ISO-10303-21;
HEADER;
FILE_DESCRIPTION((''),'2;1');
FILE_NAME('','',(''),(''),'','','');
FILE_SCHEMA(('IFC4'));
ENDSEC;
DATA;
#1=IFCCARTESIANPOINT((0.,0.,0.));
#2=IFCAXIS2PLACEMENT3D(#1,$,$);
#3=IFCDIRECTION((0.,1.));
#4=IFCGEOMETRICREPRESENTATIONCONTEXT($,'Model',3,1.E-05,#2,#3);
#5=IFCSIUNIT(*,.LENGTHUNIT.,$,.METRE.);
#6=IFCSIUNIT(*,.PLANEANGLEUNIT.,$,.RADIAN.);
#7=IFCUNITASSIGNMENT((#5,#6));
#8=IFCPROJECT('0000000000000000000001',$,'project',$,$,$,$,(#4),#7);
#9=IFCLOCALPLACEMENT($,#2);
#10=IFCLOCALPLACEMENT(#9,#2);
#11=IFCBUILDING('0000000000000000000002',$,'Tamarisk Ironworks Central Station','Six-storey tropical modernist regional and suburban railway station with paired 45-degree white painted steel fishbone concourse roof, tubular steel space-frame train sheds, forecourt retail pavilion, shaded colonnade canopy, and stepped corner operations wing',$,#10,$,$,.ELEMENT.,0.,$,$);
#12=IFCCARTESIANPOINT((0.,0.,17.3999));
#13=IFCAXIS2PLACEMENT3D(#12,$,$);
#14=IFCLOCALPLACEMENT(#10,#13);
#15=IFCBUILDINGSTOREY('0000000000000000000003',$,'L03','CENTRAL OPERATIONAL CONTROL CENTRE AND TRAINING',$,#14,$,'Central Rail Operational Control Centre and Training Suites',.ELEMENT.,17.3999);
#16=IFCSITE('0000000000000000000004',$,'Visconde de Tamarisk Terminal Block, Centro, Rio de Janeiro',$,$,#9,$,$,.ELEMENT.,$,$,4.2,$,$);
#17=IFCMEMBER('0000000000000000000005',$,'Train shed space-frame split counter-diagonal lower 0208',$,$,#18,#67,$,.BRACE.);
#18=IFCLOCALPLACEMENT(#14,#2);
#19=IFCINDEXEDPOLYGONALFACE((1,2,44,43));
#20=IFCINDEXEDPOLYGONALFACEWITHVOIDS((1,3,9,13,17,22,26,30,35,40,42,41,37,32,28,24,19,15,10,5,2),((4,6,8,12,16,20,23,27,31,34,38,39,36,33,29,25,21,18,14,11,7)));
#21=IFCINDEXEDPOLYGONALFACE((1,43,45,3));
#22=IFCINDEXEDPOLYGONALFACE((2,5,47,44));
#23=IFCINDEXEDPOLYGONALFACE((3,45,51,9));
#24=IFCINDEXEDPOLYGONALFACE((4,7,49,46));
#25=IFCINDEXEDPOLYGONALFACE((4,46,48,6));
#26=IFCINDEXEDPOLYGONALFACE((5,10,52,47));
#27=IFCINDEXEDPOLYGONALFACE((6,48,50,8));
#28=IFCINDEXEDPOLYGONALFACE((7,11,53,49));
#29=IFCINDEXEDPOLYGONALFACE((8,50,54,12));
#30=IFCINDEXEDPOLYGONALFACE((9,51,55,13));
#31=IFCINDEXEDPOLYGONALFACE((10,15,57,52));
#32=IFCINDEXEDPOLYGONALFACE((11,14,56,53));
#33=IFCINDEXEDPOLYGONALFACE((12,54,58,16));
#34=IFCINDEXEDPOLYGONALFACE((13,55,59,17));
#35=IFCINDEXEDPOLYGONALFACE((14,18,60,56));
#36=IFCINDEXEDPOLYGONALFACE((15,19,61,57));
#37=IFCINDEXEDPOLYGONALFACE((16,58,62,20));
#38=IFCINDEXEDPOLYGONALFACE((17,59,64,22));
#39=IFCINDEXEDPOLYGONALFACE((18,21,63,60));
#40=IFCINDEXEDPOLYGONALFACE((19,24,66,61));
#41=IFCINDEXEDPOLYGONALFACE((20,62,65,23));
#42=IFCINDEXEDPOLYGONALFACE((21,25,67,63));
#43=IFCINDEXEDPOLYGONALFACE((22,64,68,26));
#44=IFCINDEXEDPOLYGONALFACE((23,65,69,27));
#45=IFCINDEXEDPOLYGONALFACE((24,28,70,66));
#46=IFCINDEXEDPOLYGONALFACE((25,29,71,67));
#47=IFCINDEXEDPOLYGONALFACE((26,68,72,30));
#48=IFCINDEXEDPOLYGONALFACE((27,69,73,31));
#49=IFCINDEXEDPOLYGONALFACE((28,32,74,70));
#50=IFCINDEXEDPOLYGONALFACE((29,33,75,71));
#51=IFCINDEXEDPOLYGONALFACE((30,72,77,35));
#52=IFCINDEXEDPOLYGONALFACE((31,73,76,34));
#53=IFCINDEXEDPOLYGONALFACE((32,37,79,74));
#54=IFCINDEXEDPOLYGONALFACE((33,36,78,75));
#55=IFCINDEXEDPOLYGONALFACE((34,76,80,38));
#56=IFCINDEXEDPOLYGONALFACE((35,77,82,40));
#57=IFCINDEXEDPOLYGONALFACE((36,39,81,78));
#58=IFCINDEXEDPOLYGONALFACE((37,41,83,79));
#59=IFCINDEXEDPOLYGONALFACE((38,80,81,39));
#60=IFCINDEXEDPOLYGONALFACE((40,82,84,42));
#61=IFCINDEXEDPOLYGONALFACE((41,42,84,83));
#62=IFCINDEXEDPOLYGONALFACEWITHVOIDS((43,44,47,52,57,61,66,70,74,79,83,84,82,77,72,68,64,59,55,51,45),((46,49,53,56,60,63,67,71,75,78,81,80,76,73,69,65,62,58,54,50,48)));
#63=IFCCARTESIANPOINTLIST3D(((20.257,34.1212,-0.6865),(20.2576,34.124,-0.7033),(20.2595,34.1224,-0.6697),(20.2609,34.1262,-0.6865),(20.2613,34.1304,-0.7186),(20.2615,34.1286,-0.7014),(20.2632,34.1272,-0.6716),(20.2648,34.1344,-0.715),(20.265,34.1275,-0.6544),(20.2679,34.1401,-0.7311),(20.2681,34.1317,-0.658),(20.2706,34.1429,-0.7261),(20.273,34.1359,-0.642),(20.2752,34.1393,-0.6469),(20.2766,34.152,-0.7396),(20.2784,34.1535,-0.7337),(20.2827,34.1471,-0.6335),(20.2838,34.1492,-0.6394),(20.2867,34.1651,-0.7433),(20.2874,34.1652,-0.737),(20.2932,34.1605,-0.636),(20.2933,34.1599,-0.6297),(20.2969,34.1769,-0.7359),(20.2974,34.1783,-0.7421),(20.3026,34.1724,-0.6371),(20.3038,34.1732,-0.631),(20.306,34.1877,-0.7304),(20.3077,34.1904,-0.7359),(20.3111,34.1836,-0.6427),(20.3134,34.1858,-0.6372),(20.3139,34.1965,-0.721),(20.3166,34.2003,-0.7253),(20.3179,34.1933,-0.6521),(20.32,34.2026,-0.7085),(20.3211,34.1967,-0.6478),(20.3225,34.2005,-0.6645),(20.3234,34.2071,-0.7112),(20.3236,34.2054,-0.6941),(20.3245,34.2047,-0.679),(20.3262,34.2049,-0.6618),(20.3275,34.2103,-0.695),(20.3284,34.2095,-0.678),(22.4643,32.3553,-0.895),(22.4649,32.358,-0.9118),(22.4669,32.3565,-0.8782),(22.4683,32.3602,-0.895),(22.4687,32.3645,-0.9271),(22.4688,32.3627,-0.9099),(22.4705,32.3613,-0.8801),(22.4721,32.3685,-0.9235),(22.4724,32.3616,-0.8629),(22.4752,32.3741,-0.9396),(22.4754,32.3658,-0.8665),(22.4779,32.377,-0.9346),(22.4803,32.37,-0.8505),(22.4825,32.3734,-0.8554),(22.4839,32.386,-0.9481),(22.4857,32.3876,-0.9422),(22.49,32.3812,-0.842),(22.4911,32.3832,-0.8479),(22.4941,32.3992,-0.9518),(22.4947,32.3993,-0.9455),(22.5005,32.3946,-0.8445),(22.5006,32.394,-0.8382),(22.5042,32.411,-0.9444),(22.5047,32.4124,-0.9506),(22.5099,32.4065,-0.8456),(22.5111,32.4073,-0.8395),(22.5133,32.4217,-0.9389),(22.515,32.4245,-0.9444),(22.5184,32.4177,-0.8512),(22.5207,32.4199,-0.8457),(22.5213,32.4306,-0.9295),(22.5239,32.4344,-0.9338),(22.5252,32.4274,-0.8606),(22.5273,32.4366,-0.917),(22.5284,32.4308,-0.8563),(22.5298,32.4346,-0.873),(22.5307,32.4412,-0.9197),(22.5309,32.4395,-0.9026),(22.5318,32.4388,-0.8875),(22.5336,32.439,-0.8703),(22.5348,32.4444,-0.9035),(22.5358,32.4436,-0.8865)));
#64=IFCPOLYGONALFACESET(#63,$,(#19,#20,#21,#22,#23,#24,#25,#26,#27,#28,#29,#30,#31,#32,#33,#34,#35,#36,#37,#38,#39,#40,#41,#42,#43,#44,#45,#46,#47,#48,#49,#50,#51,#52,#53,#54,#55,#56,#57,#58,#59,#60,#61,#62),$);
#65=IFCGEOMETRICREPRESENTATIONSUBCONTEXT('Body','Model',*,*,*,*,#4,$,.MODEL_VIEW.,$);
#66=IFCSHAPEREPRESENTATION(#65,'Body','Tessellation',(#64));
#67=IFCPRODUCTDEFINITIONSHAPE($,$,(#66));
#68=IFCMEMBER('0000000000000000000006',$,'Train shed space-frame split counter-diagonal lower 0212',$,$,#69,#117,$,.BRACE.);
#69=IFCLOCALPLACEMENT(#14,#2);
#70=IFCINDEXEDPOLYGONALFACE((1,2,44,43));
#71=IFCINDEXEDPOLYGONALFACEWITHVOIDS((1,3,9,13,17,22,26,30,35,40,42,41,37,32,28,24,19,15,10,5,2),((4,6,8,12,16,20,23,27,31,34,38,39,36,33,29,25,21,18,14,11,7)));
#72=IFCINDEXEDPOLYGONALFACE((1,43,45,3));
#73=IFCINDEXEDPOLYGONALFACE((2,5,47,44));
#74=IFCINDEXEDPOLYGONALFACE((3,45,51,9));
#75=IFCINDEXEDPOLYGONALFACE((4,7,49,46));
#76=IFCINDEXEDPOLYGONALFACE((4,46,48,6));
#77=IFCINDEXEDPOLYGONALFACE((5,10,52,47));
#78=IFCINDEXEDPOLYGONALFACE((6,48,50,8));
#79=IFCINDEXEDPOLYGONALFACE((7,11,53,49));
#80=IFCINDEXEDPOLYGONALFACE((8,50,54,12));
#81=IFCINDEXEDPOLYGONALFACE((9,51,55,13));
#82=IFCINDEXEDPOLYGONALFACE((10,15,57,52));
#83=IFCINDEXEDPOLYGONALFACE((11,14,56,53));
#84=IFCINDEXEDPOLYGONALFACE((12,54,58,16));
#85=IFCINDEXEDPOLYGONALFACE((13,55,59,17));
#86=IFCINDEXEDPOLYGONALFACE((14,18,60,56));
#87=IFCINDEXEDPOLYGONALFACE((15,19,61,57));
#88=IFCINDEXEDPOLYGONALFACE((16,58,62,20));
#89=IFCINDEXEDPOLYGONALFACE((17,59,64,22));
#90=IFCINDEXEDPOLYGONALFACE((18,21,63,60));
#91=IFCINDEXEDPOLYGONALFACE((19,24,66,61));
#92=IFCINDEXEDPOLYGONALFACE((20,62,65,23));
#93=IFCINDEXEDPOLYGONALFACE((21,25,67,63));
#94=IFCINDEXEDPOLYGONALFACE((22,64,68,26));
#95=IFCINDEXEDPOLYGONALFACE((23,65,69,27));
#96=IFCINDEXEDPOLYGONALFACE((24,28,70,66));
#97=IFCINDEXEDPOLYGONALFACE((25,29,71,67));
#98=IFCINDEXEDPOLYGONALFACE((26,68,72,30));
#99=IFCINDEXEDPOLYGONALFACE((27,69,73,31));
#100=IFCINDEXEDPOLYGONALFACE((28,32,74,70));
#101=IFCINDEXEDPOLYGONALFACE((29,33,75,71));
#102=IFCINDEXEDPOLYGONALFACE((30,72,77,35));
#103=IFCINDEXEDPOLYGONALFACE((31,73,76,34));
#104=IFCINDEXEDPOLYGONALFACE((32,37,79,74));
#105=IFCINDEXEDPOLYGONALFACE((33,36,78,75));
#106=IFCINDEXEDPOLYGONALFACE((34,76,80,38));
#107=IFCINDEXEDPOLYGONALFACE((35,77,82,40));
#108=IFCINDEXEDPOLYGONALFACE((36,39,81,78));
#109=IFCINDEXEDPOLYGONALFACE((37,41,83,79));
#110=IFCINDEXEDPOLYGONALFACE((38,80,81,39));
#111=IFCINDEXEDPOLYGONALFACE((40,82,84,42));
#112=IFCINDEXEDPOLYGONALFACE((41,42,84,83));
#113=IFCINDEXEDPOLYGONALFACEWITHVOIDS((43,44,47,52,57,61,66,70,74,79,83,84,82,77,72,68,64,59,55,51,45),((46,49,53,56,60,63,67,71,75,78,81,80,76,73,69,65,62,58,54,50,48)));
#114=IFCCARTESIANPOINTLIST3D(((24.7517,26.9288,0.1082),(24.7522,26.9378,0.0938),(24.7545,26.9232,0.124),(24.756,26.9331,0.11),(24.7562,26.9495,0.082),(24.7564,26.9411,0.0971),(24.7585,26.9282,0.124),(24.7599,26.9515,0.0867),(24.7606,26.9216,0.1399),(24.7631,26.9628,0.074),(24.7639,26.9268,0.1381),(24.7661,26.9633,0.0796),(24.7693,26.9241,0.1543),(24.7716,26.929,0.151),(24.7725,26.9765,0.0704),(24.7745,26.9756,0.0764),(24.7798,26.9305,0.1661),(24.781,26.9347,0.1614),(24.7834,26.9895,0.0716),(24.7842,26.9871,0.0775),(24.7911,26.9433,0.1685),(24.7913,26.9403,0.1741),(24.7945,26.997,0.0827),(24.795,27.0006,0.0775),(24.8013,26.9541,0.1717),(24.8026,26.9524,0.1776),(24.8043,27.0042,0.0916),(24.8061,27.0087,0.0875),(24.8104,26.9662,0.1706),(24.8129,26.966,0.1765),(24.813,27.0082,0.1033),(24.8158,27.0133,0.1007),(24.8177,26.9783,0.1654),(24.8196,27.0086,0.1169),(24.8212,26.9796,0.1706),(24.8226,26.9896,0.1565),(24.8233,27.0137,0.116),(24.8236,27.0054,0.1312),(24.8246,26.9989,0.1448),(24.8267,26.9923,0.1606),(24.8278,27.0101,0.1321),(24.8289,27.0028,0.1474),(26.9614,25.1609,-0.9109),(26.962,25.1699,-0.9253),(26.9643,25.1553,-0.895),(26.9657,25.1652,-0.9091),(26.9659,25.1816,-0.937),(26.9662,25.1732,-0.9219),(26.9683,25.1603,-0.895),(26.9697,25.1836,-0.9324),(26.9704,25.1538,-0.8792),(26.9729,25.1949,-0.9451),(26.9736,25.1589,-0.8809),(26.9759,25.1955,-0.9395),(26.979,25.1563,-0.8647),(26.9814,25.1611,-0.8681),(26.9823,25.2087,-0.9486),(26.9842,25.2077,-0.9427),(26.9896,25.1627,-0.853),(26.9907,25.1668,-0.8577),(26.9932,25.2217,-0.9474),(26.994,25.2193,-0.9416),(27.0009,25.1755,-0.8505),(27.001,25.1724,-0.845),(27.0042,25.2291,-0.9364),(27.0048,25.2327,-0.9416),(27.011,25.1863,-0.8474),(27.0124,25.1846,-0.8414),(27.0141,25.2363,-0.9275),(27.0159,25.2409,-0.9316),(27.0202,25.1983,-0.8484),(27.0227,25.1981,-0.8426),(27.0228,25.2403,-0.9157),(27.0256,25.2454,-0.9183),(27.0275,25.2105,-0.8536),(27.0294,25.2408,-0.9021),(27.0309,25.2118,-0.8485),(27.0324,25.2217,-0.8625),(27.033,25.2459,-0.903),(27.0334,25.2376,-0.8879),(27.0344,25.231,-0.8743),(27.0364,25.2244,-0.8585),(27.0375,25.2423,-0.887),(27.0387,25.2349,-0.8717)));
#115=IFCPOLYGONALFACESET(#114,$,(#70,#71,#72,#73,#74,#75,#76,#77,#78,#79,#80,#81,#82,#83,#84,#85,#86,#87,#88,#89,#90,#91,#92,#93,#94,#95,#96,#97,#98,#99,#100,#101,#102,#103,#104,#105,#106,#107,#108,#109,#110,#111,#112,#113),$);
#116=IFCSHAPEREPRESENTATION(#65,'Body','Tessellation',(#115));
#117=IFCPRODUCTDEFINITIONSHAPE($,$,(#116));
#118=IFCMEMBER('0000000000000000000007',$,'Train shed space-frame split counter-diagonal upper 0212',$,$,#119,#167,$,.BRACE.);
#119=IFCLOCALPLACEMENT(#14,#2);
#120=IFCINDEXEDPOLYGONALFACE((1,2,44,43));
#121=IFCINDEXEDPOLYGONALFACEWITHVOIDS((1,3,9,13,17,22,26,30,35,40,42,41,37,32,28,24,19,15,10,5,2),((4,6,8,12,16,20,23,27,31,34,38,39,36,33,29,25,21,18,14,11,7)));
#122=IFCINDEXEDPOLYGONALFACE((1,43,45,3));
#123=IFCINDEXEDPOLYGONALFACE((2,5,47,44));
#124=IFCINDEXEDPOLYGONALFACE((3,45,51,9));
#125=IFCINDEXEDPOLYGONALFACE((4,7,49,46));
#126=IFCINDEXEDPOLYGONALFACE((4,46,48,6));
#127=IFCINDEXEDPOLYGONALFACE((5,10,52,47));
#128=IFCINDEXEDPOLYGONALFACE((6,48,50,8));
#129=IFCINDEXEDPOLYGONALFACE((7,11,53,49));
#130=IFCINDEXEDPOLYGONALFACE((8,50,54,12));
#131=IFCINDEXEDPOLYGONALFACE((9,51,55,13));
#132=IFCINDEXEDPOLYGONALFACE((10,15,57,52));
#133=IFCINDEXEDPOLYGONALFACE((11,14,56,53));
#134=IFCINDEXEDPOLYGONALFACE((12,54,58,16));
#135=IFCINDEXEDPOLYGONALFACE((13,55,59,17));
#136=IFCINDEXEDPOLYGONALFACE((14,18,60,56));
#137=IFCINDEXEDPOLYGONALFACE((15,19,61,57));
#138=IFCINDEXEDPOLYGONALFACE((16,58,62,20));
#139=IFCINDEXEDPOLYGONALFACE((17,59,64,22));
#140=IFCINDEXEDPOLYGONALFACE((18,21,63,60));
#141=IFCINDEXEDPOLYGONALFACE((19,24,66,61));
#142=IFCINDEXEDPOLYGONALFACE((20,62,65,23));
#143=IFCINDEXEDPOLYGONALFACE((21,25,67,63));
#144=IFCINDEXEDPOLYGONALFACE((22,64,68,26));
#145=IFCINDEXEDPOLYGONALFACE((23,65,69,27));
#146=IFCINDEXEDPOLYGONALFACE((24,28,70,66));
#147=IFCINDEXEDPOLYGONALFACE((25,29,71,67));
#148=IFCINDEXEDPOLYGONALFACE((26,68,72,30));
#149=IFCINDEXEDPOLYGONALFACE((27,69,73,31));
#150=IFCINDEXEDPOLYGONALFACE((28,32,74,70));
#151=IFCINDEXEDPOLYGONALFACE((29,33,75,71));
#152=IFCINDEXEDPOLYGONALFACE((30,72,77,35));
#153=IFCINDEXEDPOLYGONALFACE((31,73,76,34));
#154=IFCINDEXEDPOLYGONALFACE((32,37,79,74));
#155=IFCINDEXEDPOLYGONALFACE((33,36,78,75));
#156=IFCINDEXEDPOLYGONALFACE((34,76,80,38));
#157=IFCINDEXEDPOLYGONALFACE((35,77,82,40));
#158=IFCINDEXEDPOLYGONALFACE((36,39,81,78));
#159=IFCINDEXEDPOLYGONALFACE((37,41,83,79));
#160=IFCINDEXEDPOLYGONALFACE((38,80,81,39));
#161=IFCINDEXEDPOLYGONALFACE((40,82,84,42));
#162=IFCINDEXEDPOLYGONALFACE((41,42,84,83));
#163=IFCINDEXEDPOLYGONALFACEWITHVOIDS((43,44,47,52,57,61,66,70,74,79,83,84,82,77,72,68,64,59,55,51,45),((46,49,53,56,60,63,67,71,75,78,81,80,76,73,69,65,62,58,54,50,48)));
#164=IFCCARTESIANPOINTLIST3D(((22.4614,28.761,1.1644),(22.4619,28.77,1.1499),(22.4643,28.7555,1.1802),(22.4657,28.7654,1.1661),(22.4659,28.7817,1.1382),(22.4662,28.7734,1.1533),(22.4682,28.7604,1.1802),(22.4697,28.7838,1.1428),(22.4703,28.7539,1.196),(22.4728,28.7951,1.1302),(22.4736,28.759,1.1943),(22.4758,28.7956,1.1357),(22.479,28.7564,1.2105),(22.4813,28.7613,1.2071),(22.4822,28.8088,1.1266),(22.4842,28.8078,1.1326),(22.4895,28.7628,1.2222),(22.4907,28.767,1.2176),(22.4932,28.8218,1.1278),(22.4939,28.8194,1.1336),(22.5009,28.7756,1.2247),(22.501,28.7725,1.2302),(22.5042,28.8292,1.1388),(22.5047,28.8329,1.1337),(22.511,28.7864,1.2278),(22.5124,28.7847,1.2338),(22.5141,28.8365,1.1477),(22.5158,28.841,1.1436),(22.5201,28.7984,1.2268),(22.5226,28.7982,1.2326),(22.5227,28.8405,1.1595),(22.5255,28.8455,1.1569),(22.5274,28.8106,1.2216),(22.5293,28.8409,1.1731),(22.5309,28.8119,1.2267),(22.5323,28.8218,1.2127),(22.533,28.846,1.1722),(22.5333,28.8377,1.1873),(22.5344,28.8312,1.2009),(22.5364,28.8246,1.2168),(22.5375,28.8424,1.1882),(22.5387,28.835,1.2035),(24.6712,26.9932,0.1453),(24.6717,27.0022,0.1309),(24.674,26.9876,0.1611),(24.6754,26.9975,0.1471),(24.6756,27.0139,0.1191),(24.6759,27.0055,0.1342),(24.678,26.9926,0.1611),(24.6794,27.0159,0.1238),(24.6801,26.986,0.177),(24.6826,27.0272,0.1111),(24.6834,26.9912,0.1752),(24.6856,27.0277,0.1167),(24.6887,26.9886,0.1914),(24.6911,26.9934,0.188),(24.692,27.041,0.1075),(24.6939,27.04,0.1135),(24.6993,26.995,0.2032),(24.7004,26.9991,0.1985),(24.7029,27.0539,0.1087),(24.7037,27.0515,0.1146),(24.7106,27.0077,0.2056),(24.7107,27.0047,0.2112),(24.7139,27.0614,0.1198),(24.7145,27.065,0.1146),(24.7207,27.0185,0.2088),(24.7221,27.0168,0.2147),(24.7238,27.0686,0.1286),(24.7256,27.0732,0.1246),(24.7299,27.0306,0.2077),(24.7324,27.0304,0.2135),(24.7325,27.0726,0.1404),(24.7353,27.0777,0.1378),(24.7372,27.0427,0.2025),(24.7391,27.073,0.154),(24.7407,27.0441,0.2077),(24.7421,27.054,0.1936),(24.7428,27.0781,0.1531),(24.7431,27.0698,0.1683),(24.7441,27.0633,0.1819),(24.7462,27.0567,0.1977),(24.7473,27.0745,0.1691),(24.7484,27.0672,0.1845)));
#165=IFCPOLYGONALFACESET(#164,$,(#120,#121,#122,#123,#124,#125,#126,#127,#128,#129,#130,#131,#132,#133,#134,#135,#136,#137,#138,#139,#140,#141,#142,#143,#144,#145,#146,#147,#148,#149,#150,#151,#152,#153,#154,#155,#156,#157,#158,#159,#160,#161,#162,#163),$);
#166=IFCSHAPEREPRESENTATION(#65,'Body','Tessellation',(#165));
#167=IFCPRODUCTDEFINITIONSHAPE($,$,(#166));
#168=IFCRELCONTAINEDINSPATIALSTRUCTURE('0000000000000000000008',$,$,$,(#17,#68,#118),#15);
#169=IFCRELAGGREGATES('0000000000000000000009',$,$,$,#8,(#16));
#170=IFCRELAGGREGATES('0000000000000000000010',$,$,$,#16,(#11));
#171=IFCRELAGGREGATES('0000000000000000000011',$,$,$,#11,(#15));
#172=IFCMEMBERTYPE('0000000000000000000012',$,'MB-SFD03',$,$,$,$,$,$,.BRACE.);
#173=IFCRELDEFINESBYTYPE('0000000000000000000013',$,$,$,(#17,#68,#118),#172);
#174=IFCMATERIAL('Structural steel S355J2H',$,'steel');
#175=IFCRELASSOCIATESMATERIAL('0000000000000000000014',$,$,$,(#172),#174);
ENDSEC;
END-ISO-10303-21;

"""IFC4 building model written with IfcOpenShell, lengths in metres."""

from ifc_helpers import new_model, si_unit, direction, frame, origin, origin_2d, place, context, subcontext, project, spatial, hollow_circle, extrude, material, material_profile, profile_set, type_object, element, save


model = new_model("IFC4")

# Units and contexts
model_context = context("Model", 3, precision=1e-05, world=origin(), true_north=direction((0.0, 1.0)))
body_context = subcontext(model_context, "Body", "Model", "MODEL_VIEW")
ifc_project = project(units=[si_unit("LENGTHUNIT", "METRE"), si_unit("PLANEANGLEUNIT", "RADIAN")], contexts=[model_context])

# Site, building, storey
site_placement = place(None, origin())
site = spatial("IfcSite", under=ifc_project, at=site_placement, Name="Visconde de Tamarisk Terminal Block, Centro, Rio de Janeiro", CompositionType="ELEMENT", RefElevation=4.2)
building_placement = place(site_placement, origin())
building = spatial("IfcBuilding", under=site, at=building_placement, Name="Tamarisk Ironworks Central Station", Description="Six-storey tropical modernist regional and suburban railway station with paired 45-degree white painted steel fishbone concourse roof, tubular steel space-frame train sheds, forecourt retail pavilion, shaded colonnade canopy, and stepped corner operations wing", CompositionType="ELEMENT", ElevationOfRefHeight=0.0)
storey_placement = place(building_placement, frame((0.0, 0.0, 17.3999)))
storey = spatial("IfcBuildingStorey", under=building, at=storey_placement, Name="L03", Description="CENTRAL OPERATIONAL CONTROL CENTRE AND TRAINING", LongName="Central Rail Operational Control Centre and Training Suites", CompositionType="ELEMENT", Elevation=17.3999)

# Members
ifc_material = material(Name="Structural steel S355J2H", Category="steel")
ifc_material_profile_1 = material_profile(ifc_material, hollow_circle(Radius=0.0571, WallThickness=0.0063, at=origin_2d()), Name="CHS 114.3x6.3")
ifc_profile_set_1 = profile_set([ifc_material_profile_1], Name="Structural steel S355J2H")
member_type_1 = type_object("IfcMemberType", Name="MB-SFD03", PredefinedType="BRACE", material=ifc_profile_set_1)
member_1_placement = place(storey_placement, frame((22.5, 32.3999, -0.895), z_axis=(-0.778745, 0.623013, 0.073559), x_axis=(-0.624706, -0.78086, 0.0)))
element("IfcMember", 1, at=member_1_placement, inside=storey, type_object=member_type_1, Name="Train shed space-frame split counter-diagonal lower 0208", PredefinedType="BRACE", context=body_context, shape_type="SweptSolid", body=[
    extrude(hollow_circle(Radius=0.0571, WallThickness=0.0063, at=origin_2d()), origin(), (0.0, 0.0, 1.0), 2.8345),
])
for number, where, z_axis, x_axis, name in (
    (2, (27.0, 25.2, -0.895), (-0.734677, 0.587758, 0.338807), (-0.624706, -0.78086, 0.0), "Train shed space-frame split counter-diagonal lower 0212"),
    (3, (24.7097, 27.0322, 0.1611), (-0.734677, 0.587758, 0.338807), (-0.624706, -0.78086, 0.0), "Train shed space-frame split counter-diagonal upper 0212"),
):
    element("IfcMember", number, at=place(storey_placement, frame(where, z_axis=z_axis, x_axis=x_axis)), inside=storey, type_object=member_type_1, Name=name, PredefinedType="BRACE", context=body_context, shape_type="SweptSolid", body=[
        extrude(hollow_circle(Radius=0.0571, WallThickness=0.0063, at=origin_2d()), origin(), (0.0, 0.0, 1.0), 3.0078),
    ])

save(model, "model.ifc")
